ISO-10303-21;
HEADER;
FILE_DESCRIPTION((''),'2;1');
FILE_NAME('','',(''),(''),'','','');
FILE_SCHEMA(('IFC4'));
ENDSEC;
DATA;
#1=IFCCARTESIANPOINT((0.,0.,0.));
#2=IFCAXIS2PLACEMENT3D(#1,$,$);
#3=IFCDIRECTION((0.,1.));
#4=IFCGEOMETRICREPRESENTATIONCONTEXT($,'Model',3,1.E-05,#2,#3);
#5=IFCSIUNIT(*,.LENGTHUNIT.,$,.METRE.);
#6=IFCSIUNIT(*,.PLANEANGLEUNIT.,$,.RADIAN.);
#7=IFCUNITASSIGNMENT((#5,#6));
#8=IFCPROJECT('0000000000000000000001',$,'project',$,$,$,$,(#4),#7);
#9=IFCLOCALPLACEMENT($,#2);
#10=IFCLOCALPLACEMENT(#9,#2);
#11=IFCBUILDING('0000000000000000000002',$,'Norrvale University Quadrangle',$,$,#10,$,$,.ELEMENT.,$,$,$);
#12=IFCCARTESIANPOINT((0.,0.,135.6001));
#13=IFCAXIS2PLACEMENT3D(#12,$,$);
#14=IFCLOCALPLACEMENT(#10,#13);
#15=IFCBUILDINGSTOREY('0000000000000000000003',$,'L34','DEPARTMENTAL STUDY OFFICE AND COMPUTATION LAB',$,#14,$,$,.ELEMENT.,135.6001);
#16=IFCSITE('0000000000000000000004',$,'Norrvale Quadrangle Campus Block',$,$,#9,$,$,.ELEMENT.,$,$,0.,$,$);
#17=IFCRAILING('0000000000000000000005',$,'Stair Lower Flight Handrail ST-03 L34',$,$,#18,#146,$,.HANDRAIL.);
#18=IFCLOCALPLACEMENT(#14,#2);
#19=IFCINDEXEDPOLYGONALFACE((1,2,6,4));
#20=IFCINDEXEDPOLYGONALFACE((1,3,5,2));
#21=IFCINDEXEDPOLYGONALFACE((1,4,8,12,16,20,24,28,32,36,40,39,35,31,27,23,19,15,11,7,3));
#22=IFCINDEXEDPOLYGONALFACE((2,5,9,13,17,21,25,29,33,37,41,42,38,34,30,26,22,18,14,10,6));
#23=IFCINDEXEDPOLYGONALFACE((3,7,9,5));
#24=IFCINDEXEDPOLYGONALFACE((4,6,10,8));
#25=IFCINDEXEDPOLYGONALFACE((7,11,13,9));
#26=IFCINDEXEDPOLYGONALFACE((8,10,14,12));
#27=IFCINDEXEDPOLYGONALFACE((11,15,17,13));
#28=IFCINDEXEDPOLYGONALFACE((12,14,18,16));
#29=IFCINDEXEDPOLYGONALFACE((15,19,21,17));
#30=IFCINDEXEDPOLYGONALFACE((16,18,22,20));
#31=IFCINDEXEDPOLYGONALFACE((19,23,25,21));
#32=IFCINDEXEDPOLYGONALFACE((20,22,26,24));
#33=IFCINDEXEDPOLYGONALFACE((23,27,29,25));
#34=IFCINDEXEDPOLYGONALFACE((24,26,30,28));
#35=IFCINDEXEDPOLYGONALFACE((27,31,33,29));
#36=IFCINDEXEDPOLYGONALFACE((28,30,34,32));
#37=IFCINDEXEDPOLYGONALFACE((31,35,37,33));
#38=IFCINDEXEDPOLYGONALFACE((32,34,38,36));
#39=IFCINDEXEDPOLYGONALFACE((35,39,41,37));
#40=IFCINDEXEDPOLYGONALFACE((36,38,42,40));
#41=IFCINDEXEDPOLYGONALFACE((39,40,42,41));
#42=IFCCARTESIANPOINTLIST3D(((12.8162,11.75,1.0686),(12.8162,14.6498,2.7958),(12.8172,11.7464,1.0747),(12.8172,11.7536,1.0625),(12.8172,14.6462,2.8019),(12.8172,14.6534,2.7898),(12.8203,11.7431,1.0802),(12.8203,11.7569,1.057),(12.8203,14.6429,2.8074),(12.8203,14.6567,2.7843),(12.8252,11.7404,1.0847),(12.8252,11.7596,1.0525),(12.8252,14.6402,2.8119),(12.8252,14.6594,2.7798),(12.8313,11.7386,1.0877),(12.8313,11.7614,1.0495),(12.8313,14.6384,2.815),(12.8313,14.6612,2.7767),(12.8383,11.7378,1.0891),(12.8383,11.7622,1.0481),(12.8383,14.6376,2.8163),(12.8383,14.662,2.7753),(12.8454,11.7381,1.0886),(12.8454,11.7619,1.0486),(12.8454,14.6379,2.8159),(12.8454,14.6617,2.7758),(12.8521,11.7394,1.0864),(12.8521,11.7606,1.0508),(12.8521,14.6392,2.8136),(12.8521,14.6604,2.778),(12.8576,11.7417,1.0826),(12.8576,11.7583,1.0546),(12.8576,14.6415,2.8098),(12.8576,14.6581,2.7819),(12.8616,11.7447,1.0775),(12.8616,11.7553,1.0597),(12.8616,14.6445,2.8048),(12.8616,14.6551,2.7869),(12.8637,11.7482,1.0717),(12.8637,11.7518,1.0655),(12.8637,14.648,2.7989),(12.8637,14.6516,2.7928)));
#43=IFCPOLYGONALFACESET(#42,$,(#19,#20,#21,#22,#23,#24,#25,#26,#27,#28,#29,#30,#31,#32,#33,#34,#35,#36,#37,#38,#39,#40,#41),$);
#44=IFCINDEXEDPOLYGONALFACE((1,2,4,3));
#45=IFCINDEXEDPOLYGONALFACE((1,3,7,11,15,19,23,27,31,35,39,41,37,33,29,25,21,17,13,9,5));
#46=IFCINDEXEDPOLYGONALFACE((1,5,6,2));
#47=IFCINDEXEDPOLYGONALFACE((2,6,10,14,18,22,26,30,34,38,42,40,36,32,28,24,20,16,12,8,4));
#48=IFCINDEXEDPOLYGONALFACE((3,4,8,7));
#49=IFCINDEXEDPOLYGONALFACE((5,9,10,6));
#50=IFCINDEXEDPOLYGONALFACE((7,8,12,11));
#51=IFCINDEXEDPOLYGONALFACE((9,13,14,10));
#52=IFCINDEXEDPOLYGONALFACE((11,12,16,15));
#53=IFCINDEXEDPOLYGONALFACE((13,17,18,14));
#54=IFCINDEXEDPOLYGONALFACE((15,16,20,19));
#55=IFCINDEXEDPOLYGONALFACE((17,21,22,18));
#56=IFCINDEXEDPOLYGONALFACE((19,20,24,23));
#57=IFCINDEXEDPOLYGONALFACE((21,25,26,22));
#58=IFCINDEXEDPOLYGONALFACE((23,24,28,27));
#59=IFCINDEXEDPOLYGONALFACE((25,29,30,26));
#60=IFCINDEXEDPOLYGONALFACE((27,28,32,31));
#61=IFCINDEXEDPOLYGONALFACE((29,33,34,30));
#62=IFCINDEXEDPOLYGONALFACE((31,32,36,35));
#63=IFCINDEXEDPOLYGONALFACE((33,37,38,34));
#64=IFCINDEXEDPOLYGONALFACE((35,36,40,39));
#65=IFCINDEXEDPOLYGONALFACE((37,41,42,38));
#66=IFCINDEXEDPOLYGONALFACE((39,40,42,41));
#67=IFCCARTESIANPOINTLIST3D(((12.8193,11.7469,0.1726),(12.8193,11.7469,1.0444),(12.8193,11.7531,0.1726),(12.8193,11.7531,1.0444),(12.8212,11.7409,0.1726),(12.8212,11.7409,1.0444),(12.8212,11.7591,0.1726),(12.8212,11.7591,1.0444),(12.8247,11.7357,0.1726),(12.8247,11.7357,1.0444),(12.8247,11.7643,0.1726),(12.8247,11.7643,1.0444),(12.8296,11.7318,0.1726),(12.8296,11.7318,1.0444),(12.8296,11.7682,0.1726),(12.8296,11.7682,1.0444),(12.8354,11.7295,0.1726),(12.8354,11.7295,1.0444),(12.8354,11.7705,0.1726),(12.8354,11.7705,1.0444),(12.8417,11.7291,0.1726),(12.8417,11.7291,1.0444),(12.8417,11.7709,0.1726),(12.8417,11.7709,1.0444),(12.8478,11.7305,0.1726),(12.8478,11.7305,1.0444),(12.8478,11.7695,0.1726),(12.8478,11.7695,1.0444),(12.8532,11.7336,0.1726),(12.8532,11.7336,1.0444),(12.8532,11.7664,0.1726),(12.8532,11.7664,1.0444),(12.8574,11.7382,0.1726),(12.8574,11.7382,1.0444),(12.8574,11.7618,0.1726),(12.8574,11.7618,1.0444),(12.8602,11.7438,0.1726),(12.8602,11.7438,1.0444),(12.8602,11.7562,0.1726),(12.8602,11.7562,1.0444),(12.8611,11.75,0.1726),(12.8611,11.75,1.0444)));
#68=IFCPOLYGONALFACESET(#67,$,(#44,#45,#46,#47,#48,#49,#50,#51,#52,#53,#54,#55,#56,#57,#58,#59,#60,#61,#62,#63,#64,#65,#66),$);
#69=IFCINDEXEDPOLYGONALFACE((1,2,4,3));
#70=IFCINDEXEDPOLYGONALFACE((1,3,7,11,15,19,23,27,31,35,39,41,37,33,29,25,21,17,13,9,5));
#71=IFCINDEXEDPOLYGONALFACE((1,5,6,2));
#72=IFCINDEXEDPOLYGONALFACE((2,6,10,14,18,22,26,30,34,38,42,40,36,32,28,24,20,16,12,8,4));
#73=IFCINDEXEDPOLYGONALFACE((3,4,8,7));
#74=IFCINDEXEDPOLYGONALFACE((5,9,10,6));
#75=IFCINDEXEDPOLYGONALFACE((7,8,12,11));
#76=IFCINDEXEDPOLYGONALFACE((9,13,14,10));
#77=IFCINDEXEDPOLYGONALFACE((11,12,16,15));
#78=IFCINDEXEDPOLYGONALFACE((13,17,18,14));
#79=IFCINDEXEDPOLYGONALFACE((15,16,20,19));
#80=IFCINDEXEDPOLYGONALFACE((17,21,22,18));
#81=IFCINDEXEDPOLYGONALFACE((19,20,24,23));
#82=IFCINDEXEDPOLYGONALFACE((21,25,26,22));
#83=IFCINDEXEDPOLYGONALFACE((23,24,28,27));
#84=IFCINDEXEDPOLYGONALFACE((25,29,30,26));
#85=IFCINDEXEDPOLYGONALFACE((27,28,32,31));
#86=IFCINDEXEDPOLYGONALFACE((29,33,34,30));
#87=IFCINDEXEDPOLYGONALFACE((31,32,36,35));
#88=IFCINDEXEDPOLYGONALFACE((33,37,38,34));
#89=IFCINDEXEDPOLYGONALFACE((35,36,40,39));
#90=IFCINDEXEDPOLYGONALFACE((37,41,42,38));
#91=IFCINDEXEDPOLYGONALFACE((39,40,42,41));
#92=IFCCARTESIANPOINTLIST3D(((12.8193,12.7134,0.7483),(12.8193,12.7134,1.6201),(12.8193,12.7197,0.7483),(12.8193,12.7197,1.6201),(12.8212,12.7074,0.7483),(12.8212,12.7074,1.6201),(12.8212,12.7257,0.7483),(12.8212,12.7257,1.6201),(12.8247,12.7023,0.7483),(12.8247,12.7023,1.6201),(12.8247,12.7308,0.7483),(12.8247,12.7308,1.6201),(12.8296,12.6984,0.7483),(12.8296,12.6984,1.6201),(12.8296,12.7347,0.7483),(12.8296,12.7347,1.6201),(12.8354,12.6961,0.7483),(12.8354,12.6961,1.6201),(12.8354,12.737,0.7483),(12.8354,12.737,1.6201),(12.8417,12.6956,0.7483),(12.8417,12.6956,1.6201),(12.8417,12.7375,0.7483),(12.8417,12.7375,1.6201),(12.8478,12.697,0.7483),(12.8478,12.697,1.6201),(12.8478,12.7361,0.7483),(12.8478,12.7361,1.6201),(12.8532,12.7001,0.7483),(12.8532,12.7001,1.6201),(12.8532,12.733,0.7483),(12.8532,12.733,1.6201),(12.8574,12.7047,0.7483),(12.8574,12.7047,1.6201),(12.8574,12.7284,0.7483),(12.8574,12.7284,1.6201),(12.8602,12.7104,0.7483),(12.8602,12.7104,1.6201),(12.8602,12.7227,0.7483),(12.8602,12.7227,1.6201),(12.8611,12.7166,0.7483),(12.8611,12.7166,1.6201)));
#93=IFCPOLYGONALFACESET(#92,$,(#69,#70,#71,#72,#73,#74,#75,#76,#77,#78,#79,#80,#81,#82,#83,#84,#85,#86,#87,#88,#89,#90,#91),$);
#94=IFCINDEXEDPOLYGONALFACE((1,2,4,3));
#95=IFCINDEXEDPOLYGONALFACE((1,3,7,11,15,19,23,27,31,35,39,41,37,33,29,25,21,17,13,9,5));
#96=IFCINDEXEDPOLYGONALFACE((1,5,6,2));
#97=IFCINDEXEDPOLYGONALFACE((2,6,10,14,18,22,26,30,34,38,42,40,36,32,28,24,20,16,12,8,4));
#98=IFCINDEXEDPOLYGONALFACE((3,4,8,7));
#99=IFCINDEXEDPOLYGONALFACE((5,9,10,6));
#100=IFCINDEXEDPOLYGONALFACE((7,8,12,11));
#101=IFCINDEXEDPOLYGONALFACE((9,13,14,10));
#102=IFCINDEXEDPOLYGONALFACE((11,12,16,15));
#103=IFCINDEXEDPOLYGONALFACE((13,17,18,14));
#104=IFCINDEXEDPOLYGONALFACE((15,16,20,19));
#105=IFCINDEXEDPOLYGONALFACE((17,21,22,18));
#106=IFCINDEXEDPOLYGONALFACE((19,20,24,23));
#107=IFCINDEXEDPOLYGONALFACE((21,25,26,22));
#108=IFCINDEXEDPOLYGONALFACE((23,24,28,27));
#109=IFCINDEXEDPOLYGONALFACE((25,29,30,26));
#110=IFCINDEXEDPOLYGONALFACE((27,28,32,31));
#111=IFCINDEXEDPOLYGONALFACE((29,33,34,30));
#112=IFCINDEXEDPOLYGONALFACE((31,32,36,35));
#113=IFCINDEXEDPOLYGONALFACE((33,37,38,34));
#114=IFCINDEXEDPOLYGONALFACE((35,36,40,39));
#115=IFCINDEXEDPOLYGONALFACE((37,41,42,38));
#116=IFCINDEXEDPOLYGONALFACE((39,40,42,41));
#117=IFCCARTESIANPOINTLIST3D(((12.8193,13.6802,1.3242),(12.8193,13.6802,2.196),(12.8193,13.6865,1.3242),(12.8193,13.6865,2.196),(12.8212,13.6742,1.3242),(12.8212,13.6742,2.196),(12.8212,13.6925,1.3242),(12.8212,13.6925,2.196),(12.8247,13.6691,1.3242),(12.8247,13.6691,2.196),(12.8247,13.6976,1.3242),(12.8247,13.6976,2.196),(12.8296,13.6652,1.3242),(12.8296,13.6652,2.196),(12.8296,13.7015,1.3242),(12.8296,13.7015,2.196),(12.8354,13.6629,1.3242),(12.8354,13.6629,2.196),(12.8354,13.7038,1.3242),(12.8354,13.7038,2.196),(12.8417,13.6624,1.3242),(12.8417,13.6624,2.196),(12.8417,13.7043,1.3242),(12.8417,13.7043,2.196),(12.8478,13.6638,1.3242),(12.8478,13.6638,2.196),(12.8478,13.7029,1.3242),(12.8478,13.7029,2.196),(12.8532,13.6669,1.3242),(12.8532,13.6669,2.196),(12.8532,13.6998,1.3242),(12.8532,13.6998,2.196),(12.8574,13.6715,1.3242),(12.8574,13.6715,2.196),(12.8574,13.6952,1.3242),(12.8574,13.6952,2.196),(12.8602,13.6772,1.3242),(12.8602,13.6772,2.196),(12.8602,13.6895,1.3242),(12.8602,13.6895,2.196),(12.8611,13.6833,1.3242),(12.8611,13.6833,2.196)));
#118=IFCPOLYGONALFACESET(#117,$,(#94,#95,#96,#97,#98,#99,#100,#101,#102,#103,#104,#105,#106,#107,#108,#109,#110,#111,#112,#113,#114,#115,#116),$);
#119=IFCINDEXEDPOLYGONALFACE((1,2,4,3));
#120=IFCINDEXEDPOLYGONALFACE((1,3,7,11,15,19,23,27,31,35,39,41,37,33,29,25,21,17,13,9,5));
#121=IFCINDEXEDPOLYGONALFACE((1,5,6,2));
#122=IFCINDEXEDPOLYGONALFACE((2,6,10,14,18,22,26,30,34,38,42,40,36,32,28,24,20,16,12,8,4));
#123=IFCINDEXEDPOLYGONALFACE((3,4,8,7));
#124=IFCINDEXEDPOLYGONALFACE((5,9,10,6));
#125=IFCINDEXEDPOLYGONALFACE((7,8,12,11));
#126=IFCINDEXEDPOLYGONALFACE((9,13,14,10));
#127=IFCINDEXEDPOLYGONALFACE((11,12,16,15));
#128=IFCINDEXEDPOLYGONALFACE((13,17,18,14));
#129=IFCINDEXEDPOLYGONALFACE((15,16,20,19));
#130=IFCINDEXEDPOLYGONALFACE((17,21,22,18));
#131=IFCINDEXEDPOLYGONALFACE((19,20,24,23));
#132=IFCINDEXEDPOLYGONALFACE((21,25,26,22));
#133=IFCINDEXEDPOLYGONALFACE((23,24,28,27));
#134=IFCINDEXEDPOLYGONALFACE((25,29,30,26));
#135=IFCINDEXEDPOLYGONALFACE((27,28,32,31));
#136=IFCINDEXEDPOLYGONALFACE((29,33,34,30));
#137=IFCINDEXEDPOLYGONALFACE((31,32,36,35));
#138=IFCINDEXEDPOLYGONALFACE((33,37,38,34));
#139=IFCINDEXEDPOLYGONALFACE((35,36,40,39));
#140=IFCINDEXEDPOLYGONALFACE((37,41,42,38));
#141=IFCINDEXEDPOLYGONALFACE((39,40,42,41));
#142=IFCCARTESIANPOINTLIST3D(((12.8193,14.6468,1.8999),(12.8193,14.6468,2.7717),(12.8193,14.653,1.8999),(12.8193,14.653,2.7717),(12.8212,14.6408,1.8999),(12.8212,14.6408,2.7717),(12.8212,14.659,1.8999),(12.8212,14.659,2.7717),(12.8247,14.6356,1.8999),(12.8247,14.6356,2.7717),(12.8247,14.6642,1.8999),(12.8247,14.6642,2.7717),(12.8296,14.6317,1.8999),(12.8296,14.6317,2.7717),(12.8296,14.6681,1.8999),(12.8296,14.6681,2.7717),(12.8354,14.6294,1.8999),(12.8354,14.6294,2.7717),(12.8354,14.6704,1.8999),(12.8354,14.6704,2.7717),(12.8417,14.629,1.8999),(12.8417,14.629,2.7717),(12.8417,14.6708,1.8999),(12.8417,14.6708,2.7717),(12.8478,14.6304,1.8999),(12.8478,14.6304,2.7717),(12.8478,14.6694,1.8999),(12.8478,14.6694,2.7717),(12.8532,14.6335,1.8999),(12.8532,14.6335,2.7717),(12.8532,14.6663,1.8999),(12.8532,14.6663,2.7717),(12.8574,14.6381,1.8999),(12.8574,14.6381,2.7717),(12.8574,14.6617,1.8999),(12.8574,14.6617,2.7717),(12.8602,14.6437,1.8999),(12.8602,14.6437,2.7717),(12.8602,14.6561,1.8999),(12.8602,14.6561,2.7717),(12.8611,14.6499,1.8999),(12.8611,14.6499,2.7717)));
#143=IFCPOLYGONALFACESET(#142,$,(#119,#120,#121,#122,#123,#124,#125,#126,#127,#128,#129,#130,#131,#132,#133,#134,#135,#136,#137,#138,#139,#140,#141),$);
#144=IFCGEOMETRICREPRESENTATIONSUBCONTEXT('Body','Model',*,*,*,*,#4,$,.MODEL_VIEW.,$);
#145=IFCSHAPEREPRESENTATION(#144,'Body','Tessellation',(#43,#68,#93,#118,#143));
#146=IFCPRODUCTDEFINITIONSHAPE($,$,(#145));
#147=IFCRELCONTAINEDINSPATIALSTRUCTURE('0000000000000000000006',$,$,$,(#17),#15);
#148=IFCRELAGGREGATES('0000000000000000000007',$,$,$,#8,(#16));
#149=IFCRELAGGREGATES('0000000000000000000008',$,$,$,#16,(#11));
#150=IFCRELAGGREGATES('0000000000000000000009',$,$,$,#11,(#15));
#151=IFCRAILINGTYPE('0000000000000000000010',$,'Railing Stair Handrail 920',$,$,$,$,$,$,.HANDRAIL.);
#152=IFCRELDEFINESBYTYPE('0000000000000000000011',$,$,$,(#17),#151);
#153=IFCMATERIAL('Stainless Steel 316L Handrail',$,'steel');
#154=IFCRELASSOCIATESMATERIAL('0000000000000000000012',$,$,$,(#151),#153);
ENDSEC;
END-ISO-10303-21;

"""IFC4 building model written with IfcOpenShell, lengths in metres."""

from ifc_helpers import new_model, si_unit, direction, frame, origin, origin_2d, place, context, subcontext, project, spatial, circle, extrude, material, type_object, element, save


model = new_model("IFC4")

# Units and contexts
model_context = context("Model", 3, precision=1e-05, world=origin(), true_north=direction((0.0, 1.0)))
body_context = subcontext(model_context, "Body", "Model", "MODEL_VIEW")
ifc_project = project(units=[si_unit("LENGTHUNIT", "METRE"), si_unit("PLANEANGLEUNIT", "RADIAN")], contexts=[model_context])

# Site, building, storey
site_placement = place(None, origin())
site = spatial("IfcSite", under=ifc_project, at=site_placement, Name="Norrvale Quadrangle Campus Block", CompositionType="ELEMENT", RefElevation=0.0)
building_placement = place(site_placement, origin())
building = spatial("IfcBuilding", under=site, at=building_placement, Name="Norrvale University Quadrangle", CompositionType="ELEMENT")
storey_placement = place(building_placement, frame((0.0, 0.0, 135.6001)))
storey = spatial("IfcBuildingStorey", under=building, at=storey_placement, Name="L34", Description="DEPARTMENTAL STUDY OFFICE AND COMPUTATION LAB", CompositionType="ELEMENT", Elevation=135.6001)

# Railing
ifc_material_1 = material(Name="Stainless Steel 316L Handrail", Category="steel")
railing_type_1 = type_object("IfcRailingType", Name="Railing Stair Handrail 920", PredefinedType="HANDRAIL", material=ifc_material_1)
railing_1_placement = place(storey_placement, frame((12.8401, 11.75, 0.1726)))
element("IfcRailing", 1, at=railing_1_placement, inside=storey, type_object=railing_type_1, Name="Stair Lower Flight Handrail ST-03 L34", PredefinedType="HANDRAIL", context=body_context, shape_type="SweptSolid", body=[
    extrude(circle(Radius=0.0239, at=origin_2d()), frame((0.0, 0.0, 0.896), z_axis=(0.0, 0.859141, 0.511738), x_axis=(-1.0, 0.0, 0.0)), (0.0, 0.0, 1.0), 3.3752),
    extrude(circle(Radius=0.021, at=origin_2d()), origin(), (0.0, 0.0, 1.0), 0.8718),
    extrude(circle(Radius=0.021, at=origin_2d()), frame((0.0, 0.9666, 0.5757)), (0.0, 0.0, 1.0), 0.8718),
    extrude(circle(Radius=0.021, at=origin_2d()), frame((0.0, 1.9333, 1.1516)), (0.0, 0.0, 1.0), 0.8718),
    extrude(circle(Radius=0.021, at=origin_2d()), frame((0.0, 2.8999, 1.7273)), (0.0, 0.0, 1.0), 0.8718),
])

save(model, "model.ifc")
